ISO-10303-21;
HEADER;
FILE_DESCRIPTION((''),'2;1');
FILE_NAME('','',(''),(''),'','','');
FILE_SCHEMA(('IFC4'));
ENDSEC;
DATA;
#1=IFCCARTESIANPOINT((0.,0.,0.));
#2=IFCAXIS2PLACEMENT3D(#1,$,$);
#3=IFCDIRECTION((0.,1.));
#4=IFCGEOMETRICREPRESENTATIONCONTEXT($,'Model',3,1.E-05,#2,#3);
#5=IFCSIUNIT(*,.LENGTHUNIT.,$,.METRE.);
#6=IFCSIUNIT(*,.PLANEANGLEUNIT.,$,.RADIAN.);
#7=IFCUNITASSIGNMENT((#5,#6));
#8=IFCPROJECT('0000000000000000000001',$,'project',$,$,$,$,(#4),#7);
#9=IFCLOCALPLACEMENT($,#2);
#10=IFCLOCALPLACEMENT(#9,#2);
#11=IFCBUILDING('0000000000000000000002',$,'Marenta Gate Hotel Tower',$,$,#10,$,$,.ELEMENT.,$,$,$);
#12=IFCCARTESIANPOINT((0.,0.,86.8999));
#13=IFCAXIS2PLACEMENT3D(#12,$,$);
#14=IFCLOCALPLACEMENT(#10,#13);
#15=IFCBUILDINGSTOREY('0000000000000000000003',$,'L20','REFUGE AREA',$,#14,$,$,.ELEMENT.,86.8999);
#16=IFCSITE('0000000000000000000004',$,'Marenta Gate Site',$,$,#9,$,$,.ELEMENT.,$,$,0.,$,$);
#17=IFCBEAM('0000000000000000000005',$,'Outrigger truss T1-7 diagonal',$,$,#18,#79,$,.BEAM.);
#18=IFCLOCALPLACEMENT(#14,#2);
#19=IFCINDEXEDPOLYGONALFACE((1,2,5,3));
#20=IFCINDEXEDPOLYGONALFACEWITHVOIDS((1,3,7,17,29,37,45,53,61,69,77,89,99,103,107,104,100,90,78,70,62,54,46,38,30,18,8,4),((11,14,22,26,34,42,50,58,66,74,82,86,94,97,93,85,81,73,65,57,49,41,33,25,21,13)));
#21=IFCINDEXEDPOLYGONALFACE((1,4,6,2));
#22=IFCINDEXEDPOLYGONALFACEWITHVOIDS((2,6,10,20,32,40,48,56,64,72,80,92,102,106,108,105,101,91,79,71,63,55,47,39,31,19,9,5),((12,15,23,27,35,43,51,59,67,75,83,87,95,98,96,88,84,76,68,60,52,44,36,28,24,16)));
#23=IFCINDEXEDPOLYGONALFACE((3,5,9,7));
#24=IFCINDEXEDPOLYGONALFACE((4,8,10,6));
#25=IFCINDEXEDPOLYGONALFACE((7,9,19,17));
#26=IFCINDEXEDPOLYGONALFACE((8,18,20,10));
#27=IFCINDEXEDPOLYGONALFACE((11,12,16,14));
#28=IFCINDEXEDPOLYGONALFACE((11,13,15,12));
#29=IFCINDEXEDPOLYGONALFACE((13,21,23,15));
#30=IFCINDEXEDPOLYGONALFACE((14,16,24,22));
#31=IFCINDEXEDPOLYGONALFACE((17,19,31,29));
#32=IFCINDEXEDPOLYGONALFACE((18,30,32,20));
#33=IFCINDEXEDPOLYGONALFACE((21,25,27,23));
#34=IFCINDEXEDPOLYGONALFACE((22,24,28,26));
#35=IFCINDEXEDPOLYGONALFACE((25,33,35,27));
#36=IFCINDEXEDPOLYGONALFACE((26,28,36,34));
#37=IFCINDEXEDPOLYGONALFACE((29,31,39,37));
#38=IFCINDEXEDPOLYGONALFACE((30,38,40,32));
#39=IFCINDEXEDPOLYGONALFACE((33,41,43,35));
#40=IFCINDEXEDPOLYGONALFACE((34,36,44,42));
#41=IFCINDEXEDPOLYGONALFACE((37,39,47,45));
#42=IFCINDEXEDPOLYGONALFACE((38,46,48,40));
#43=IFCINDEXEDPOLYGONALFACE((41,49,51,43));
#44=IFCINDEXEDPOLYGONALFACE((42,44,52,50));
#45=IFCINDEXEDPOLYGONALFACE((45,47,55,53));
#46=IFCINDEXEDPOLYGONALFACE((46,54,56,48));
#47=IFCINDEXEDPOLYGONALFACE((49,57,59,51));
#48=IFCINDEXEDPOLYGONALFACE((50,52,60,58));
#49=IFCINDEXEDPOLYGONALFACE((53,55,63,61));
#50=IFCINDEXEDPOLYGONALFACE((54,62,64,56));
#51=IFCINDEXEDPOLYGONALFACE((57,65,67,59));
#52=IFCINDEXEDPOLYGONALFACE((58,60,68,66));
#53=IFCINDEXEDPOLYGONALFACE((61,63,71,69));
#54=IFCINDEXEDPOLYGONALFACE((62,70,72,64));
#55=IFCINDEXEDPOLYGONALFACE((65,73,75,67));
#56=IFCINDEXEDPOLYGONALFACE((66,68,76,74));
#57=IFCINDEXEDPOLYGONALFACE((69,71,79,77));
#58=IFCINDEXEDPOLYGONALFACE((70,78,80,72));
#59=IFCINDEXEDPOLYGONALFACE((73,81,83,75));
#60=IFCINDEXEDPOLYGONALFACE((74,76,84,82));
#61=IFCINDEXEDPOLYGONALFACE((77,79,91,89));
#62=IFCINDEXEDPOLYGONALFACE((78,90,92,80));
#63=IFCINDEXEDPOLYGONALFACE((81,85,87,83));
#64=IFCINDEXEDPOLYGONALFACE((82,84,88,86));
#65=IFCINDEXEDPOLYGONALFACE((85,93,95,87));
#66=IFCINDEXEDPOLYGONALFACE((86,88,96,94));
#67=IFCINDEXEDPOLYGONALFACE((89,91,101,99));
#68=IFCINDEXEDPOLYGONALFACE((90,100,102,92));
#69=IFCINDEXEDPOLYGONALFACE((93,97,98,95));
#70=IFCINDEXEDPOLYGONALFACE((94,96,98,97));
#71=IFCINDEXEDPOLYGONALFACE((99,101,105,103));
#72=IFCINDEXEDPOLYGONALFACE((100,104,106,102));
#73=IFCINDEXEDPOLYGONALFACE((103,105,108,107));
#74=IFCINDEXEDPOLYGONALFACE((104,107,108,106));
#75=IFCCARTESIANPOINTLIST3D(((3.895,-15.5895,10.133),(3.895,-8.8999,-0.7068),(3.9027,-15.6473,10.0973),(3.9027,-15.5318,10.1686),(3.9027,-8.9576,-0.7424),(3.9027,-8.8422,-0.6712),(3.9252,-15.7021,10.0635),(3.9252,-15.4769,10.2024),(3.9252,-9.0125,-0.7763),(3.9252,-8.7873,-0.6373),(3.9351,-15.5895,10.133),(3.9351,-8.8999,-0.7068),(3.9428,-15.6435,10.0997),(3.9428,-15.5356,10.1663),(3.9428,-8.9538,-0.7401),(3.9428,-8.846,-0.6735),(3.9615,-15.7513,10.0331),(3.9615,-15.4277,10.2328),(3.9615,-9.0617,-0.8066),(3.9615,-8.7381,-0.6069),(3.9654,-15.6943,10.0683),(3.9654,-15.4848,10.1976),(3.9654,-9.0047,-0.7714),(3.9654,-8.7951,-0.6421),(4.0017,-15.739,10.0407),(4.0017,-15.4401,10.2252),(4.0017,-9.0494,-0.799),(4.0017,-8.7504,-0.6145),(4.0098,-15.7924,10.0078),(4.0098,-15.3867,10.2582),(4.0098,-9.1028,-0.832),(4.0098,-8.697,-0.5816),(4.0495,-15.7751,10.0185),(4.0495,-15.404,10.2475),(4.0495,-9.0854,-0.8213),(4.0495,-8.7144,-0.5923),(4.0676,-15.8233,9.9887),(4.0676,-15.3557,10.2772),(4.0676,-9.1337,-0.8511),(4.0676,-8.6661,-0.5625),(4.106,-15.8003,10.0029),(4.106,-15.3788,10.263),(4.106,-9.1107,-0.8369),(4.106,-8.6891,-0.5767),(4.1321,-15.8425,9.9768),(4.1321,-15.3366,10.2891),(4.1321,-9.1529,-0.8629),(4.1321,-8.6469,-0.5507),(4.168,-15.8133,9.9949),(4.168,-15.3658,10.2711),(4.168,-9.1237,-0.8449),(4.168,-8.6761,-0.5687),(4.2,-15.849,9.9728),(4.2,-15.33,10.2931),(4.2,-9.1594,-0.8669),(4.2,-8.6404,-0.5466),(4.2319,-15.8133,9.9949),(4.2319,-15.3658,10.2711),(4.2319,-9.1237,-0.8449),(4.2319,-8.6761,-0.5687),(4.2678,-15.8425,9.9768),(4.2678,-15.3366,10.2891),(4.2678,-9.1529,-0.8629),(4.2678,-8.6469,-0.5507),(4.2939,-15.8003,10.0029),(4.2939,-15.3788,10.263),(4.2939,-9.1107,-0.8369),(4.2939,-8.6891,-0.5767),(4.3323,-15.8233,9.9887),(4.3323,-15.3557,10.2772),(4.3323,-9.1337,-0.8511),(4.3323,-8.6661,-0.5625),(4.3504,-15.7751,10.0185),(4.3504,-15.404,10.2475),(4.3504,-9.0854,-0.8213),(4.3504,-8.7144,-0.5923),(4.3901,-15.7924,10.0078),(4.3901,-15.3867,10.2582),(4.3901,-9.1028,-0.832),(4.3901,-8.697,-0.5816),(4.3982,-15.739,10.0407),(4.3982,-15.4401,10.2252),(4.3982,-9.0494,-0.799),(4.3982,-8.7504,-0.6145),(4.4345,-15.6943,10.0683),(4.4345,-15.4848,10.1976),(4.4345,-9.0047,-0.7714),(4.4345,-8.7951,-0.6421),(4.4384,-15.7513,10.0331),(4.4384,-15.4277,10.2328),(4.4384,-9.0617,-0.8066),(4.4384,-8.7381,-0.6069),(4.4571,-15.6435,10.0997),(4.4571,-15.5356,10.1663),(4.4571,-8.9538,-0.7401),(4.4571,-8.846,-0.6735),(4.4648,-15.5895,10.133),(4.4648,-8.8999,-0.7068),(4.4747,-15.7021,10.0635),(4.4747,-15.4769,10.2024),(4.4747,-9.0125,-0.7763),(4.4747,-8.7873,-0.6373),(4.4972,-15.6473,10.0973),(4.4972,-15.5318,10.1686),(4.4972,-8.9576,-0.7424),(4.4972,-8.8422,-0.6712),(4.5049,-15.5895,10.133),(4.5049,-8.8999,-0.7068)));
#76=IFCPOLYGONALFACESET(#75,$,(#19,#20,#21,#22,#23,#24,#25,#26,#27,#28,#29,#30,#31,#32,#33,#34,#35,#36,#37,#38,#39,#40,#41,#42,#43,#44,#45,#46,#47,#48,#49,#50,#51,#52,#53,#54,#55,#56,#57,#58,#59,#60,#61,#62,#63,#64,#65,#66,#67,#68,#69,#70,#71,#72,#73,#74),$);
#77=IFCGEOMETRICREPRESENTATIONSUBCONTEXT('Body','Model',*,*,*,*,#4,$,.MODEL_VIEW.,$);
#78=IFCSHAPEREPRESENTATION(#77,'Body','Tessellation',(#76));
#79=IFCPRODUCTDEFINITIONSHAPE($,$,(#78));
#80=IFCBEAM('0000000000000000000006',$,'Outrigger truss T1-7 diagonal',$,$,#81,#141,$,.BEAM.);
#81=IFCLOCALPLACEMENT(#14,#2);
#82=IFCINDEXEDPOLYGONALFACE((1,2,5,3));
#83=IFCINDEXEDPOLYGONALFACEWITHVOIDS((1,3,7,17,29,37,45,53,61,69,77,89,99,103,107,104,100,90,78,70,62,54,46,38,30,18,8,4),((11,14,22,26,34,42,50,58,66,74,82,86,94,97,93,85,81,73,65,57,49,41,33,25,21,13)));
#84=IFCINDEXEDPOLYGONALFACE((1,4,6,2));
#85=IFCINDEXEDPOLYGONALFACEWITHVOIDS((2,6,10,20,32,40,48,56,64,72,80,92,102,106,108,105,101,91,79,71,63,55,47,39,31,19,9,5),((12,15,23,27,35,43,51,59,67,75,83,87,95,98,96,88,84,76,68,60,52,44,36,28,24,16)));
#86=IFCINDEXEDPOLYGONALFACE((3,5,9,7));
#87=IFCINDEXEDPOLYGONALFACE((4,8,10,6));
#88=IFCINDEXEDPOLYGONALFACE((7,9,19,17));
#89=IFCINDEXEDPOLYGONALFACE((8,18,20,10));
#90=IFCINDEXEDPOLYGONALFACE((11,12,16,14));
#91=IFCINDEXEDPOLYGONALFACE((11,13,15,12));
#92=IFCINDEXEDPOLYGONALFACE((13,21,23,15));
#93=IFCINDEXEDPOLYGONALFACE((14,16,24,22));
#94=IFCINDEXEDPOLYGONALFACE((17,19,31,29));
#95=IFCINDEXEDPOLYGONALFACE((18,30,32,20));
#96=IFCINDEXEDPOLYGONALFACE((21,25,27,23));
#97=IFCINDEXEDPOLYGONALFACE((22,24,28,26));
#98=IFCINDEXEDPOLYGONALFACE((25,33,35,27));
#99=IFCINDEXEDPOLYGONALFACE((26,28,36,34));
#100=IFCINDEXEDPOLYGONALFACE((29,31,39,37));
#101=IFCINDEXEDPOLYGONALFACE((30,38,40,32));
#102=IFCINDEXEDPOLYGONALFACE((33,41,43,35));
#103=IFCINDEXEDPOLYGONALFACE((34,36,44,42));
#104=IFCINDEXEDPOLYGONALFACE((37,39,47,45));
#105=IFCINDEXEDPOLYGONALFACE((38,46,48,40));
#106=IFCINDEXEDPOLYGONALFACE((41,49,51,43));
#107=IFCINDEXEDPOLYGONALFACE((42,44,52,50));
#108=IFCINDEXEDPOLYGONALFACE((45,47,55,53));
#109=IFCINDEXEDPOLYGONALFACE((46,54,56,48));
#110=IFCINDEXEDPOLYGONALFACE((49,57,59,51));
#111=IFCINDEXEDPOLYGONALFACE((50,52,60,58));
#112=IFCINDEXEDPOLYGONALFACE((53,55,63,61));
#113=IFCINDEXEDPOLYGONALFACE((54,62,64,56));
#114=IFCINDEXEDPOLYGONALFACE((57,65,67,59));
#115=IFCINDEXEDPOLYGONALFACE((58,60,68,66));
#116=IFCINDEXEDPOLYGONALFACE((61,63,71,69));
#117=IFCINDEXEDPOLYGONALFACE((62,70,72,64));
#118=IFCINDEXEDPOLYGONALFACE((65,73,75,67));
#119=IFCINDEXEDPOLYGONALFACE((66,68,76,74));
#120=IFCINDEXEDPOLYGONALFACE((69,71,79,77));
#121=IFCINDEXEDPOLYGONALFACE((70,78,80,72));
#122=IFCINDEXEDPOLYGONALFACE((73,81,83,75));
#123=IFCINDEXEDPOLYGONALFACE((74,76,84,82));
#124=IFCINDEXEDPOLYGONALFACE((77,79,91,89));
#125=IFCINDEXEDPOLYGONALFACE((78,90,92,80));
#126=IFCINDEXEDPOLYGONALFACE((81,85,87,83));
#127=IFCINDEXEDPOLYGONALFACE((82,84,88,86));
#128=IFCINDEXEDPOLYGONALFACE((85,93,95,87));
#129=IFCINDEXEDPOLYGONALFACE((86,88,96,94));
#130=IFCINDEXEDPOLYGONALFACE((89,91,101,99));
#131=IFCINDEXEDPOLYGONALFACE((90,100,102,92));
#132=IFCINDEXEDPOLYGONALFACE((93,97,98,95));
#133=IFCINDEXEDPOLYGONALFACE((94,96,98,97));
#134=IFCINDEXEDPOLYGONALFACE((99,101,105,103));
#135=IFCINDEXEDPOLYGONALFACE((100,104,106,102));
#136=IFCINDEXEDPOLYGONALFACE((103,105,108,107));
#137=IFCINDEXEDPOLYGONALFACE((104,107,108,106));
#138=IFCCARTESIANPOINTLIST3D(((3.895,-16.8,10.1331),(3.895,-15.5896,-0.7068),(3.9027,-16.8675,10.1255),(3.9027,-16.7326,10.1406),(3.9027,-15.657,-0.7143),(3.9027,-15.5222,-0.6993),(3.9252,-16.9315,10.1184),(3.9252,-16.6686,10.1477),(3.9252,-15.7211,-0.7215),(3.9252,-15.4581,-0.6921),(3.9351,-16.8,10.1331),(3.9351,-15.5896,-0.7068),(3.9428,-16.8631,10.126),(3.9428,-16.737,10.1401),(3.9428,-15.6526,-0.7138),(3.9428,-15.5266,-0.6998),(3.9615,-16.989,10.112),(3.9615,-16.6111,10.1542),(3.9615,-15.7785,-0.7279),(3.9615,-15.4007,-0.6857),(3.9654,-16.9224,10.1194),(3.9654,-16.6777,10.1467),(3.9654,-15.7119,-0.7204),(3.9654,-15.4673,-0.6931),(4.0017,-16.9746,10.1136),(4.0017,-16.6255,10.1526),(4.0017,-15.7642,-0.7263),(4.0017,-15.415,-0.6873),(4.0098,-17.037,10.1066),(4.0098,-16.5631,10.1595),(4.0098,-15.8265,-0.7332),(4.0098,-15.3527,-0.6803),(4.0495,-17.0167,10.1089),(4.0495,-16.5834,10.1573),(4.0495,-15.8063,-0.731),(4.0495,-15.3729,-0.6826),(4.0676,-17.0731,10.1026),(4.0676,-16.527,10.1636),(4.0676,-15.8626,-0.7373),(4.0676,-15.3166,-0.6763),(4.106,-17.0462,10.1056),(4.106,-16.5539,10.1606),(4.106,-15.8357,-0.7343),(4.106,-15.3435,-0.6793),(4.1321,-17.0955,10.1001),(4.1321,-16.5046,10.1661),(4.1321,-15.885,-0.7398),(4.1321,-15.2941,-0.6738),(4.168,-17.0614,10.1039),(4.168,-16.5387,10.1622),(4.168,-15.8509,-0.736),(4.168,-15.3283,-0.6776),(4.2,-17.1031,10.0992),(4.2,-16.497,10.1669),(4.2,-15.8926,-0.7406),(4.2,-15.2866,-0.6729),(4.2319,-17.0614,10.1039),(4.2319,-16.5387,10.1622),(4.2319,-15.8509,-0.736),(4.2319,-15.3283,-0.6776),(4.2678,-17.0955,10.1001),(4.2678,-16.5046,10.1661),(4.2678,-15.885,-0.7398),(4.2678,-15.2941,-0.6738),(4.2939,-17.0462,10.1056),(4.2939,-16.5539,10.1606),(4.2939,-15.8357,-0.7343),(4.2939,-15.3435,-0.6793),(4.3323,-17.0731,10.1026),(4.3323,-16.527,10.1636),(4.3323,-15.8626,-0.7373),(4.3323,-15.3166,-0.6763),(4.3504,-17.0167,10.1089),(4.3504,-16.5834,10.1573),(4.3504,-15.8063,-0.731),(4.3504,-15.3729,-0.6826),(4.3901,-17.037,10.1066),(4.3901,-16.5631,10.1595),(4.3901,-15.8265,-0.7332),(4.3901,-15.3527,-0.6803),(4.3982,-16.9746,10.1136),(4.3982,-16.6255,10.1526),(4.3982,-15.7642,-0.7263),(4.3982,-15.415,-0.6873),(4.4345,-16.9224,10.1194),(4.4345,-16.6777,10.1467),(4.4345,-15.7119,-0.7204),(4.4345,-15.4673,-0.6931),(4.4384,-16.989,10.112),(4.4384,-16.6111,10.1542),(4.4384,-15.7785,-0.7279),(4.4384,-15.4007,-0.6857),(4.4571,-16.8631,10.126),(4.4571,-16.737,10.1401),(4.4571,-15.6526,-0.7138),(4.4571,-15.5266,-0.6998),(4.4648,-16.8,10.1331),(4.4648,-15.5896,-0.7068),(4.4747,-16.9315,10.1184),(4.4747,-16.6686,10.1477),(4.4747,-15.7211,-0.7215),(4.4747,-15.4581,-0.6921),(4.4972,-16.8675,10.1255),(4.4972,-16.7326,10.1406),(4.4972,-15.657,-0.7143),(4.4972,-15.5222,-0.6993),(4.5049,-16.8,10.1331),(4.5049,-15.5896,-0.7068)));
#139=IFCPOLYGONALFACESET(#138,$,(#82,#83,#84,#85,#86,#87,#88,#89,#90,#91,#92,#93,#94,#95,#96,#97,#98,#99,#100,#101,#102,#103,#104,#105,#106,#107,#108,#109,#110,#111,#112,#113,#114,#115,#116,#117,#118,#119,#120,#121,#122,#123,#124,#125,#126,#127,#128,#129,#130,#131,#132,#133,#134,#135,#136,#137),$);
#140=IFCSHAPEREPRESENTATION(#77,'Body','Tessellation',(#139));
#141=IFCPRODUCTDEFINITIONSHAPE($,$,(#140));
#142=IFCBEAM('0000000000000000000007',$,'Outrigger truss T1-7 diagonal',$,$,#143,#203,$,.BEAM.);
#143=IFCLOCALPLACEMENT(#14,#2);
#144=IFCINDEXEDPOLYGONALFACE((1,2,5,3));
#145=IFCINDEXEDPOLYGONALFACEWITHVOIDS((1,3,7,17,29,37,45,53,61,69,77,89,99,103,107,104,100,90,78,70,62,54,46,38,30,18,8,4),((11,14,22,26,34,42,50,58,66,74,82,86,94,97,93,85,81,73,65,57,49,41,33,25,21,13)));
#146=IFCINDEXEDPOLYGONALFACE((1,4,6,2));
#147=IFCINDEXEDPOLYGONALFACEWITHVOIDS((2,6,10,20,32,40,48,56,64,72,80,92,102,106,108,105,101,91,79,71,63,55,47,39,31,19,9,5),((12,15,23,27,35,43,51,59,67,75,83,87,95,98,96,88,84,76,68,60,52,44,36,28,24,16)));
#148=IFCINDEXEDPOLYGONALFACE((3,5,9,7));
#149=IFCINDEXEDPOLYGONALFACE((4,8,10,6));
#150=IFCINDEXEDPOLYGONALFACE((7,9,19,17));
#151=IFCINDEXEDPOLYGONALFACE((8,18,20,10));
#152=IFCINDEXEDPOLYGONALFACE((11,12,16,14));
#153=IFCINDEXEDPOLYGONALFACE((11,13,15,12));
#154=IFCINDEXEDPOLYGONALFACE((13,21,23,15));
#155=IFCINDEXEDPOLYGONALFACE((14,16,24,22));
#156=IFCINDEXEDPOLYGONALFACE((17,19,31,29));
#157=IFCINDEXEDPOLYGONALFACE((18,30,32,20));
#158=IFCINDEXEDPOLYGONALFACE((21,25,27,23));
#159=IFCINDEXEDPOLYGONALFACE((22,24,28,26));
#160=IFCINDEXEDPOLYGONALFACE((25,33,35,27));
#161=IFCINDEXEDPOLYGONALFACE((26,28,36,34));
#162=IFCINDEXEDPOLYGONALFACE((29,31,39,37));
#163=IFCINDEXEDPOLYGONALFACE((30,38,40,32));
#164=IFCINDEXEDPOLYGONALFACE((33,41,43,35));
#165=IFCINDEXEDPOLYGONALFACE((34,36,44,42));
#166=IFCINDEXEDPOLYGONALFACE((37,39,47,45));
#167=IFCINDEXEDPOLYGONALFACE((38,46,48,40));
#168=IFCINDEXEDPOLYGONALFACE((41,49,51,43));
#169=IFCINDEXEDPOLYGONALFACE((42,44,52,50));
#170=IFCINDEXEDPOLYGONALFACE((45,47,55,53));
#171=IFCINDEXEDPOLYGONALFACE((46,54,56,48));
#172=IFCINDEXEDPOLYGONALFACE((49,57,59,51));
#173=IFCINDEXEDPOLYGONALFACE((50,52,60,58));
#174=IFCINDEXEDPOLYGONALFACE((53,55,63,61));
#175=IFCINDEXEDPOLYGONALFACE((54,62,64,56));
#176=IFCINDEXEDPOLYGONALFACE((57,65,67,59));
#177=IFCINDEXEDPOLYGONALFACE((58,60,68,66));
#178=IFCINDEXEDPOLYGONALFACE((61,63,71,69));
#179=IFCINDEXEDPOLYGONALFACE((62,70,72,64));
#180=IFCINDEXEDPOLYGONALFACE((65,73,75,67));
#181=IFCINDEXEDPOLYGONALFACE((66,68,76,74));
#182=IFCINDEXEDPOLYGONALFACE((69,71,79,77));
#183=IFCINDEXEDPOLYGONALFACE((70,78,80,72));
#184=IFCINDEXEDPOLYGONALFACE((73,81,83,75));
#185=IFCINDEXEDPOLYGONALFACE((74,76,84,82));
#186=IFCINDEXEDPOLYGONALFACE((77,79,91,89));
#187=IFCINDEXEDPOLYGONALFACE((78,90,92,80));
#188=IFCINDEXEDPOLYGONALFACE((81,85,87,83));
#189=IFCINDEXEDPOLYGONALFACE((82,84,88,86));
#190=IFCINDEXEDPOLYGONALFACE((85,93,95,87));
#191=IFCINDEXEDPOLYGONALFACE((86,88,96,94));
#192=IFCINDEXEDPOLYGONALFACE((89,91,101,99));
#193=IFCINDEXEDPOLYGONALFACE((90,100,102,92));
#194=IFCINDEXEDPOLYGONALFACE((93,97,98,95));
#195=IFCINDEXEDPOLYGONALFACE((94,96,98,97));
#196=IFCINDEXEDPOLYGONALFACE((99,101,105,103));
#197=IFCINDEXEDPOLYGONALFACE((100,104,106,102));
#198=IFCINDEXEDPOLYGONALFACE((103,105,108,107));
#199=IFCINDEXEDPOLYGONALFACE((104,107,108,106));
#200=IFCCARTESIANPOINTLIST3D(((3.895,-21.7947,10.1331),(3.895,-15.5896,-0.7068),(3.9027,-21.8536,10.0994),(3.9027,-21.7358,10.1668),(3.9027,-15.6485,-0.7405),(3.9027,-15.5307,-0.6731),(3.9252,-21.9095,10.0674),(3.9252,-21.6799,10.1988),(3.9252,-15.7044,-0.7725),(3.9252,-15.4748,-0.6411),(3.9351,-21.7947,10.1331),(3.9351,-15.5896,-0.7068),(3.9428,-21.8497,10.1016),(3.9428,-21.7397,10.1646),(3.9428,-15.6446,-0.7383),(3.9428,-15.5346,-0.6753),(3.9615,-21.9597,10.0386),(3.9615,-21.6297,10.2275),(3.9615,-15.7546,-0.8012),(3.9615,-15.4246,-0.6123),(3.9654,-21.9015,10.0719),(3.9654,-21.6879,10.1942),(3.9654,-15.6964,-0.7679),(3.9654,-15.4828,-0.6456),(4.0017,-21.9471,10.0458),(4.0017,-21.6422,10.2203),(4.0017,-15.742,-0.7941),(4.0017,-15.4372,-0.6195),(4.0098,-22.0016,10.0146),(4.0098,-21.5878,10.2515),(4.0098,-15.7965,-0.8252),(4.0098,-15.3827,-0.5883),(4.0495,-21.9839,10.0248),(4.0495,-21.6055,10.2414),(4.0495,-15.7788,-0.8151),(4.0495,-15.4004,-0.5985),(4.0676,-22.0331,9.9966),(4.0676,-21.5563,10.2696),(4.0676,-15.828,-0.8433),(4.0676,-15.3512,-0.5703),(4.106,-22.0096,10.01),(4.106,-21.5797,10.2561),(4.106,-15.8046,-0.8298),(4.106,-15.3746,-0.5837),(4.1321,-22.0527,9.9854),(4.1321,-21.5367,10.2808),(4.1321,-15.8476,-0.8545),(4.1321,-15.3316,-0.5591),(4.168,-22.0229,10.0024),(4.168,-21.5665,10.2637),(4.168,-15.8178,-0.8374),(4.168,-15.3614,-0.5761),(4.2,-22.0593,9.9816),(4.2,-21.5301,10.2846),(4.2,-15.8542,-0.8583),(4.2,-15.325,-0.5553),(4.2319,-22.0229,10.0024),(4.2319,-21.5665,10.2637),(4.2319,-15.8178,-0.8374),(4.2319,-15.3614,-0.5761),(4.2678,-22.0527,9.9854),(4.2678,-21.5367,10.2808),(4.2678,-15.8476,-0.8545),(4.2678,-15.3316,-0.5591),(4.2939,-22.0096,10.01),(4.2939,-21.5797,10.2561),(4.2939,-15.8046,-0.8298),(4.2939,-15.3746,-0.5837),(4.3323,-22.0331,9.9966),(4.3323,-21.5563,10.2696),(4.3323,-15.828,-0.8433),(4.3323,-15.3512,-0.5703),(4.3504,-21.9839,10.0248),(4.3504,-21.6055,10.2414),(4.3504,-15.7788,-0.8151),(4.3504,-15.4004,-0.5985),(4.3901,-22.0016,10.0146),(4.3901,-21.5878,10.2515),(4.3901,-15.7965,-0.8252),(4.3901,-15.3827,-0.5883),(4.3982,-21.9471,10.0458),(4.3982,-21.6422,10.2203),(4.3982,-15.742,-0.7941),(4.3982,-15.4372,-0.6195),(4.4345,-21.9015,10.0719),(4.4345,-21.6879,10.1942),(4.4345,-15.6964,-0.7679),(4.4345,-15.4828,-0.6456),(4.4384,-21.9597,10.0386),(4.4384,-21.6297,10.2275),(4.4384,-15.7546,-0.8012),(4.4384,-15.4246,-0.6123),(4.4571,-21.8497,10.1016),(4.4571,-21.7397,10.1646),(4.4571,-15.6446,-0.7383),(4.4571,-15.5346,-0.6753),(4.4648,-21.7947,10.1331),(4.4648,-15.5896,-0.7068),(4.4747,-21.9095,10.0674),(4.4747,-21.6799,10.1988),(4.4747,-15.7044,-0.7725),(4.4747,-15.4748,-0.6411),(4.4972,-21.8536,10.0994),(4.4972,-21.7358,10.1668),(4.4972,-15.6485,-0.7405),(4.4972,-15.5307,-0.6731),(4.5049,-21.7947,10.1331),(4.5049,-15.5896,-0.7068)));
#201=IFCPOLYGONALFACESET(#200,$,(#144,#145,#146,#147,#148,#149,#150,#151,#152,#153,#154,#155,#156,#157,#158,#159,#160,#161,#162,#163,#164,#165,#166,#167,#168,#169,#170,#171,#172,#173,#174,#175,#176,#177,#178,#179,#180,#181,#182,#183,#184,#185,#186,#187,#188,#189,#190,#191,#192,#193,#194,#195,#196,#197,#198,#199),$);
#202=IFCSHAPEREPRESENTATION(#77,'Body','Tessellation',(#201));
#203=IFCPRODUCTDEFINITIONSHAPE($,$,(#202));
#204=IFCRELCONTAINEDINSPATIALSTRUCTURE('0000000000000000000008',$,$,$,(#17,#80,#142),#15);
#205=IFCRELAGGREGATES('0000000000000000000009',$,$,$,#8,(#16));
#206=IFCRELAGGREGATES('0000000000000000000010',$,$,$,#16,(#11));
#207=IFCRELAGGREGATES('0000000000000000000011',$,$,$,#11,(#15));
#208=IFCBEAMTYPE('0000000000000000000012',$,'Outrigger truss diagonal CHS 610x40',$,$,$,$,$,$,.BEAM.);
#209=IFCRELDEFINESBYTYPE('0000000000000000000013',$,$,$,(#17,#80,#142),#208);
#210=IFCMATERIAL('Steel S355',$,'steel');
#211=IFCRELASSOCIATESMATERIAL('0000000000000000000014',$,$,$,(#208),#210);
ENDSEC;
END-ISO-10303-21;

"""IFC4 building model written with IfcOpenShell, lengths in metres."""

from ifc_helpers import new_model, si_unit, direction, frame, origin, origin_2d, place, context, subcontext, project, spatial, hollow_circle, extrude, material, material_profile, profile_set, type_object, element, save


model = new_model("IFC4")

# Units and contexts
model_context = context("Model", 3, precision=1e-05, world=origin(), true_north=direction((0.0, 1.0)))
body_context = subcontext(model_context, "Body", "Model", "MODEL_VIEW")
ifc_project = project(units=[si_unit("LENGTHUNIT", "METRE"), si_unit("PLANEANGLEUNIT", "RADIAN")], contexts=[model_context])

# Site, building, storey
site_placement = place(None, origin())
site = spatial("IfcSite", under=ifc_project, at=site_placement, Name="Marenta Gate Site", CompositionType="ELEMENT", RefElevation=0.0)
building_placement = place(site_placement, origin())
building = spatial("IfcBuilding", under=site, at=building_placement, Name="Marenta Gate Hotel Tower", CompositionType="ELEMENT")
storey_placement = place(building_placement, frame((0.0, 0.0, 86.8999)))
storey = spatial("IfcBuildingStorey", under=building, at=storey_placement, Name="L20", Description="REFUGE AREA", CompositionType="ELEMENT", Elevation=86.8999)

# Beams
ifc_material_1 = material(Name="Steel S355", Category="steel")
ifc_material_profile_1 = material_profile(ifc_material_1, hollow_circle(Radius=0.3049, WallThickness=0.04, at=origin_2d()), Name="CHS 610x40")
ifc_profile_set_1 = profile_set([ifc_material_profile_1], Name="Steel S355")
beam_type_1 = type_object("IfcBeamType", Name="Outrigger truss diagonal CHS 610x40", PredefinedType="BEAM", material=ifc_profile_set_1)
beam_1_placement = place(storey_placement, frame((4.2, -8.8999, -0.7068), z_axis=(0.0, -0.52518, 0.850991), x_axis=(1.0, 0.0, 0.0)))
element("IfcBeam", 1, at=beam_1_placement, inside=storey, type_object=beam_type_1, Name="Outrigger truss T1-7 diagonal", PredefinedType="BEAM", context=body_context, shape_type="SweptSolid", body=[
    extrude(hollow_circle(Radius=0.3049, WallThickness=0.04, at=origin_2d()), origin(), (0.0, 0.0, 1.0), 12.7378),
])
beam_2_placement = place(storey_placement, frame((4.2, -15.5896, -0.7068), z_axis=(0.0, -0.110977, 0.993823), x_axis=(1.0, 0.0, 0.0)))
element("IfcBeam", 2, at=beam_2_placement, inside=storey, type_object=beam_type_1, Name="Outrigger truss T1-7 diagonal", PredefinedType="BEAM", context=body_context, shape_type="SweptSolid", body=[
    extrude(hollow_circle(Radius=0.3049, WallThickness=0.04, at=origin_2d()), origin(), (0.0, 0.0, 1.0), 10.9072),
])
beam_3_placement = place(storey_placement, frame((4.2, -15.5896, -0.7068), z_axis=(0.0, -0.496796, 0.867868), x_axis=(1.0, 0.0, 0.0)))
element("IfcBeam", 3, at=beam_3_placement, inside=storey, type_object=beam_type_1, Name="Outrigger truss T1-7 diagonal", PredefinedType="BEAM", context=body_context, shape_type="SweptSolid", body=[
    extrude(hollow_circle(Radius=0.3049, WallThickness=0.04, at=origin_2d()), origin(), (0.0, 0.0, 1.0), 12.4902),
])

save(model, "model.ifc")
